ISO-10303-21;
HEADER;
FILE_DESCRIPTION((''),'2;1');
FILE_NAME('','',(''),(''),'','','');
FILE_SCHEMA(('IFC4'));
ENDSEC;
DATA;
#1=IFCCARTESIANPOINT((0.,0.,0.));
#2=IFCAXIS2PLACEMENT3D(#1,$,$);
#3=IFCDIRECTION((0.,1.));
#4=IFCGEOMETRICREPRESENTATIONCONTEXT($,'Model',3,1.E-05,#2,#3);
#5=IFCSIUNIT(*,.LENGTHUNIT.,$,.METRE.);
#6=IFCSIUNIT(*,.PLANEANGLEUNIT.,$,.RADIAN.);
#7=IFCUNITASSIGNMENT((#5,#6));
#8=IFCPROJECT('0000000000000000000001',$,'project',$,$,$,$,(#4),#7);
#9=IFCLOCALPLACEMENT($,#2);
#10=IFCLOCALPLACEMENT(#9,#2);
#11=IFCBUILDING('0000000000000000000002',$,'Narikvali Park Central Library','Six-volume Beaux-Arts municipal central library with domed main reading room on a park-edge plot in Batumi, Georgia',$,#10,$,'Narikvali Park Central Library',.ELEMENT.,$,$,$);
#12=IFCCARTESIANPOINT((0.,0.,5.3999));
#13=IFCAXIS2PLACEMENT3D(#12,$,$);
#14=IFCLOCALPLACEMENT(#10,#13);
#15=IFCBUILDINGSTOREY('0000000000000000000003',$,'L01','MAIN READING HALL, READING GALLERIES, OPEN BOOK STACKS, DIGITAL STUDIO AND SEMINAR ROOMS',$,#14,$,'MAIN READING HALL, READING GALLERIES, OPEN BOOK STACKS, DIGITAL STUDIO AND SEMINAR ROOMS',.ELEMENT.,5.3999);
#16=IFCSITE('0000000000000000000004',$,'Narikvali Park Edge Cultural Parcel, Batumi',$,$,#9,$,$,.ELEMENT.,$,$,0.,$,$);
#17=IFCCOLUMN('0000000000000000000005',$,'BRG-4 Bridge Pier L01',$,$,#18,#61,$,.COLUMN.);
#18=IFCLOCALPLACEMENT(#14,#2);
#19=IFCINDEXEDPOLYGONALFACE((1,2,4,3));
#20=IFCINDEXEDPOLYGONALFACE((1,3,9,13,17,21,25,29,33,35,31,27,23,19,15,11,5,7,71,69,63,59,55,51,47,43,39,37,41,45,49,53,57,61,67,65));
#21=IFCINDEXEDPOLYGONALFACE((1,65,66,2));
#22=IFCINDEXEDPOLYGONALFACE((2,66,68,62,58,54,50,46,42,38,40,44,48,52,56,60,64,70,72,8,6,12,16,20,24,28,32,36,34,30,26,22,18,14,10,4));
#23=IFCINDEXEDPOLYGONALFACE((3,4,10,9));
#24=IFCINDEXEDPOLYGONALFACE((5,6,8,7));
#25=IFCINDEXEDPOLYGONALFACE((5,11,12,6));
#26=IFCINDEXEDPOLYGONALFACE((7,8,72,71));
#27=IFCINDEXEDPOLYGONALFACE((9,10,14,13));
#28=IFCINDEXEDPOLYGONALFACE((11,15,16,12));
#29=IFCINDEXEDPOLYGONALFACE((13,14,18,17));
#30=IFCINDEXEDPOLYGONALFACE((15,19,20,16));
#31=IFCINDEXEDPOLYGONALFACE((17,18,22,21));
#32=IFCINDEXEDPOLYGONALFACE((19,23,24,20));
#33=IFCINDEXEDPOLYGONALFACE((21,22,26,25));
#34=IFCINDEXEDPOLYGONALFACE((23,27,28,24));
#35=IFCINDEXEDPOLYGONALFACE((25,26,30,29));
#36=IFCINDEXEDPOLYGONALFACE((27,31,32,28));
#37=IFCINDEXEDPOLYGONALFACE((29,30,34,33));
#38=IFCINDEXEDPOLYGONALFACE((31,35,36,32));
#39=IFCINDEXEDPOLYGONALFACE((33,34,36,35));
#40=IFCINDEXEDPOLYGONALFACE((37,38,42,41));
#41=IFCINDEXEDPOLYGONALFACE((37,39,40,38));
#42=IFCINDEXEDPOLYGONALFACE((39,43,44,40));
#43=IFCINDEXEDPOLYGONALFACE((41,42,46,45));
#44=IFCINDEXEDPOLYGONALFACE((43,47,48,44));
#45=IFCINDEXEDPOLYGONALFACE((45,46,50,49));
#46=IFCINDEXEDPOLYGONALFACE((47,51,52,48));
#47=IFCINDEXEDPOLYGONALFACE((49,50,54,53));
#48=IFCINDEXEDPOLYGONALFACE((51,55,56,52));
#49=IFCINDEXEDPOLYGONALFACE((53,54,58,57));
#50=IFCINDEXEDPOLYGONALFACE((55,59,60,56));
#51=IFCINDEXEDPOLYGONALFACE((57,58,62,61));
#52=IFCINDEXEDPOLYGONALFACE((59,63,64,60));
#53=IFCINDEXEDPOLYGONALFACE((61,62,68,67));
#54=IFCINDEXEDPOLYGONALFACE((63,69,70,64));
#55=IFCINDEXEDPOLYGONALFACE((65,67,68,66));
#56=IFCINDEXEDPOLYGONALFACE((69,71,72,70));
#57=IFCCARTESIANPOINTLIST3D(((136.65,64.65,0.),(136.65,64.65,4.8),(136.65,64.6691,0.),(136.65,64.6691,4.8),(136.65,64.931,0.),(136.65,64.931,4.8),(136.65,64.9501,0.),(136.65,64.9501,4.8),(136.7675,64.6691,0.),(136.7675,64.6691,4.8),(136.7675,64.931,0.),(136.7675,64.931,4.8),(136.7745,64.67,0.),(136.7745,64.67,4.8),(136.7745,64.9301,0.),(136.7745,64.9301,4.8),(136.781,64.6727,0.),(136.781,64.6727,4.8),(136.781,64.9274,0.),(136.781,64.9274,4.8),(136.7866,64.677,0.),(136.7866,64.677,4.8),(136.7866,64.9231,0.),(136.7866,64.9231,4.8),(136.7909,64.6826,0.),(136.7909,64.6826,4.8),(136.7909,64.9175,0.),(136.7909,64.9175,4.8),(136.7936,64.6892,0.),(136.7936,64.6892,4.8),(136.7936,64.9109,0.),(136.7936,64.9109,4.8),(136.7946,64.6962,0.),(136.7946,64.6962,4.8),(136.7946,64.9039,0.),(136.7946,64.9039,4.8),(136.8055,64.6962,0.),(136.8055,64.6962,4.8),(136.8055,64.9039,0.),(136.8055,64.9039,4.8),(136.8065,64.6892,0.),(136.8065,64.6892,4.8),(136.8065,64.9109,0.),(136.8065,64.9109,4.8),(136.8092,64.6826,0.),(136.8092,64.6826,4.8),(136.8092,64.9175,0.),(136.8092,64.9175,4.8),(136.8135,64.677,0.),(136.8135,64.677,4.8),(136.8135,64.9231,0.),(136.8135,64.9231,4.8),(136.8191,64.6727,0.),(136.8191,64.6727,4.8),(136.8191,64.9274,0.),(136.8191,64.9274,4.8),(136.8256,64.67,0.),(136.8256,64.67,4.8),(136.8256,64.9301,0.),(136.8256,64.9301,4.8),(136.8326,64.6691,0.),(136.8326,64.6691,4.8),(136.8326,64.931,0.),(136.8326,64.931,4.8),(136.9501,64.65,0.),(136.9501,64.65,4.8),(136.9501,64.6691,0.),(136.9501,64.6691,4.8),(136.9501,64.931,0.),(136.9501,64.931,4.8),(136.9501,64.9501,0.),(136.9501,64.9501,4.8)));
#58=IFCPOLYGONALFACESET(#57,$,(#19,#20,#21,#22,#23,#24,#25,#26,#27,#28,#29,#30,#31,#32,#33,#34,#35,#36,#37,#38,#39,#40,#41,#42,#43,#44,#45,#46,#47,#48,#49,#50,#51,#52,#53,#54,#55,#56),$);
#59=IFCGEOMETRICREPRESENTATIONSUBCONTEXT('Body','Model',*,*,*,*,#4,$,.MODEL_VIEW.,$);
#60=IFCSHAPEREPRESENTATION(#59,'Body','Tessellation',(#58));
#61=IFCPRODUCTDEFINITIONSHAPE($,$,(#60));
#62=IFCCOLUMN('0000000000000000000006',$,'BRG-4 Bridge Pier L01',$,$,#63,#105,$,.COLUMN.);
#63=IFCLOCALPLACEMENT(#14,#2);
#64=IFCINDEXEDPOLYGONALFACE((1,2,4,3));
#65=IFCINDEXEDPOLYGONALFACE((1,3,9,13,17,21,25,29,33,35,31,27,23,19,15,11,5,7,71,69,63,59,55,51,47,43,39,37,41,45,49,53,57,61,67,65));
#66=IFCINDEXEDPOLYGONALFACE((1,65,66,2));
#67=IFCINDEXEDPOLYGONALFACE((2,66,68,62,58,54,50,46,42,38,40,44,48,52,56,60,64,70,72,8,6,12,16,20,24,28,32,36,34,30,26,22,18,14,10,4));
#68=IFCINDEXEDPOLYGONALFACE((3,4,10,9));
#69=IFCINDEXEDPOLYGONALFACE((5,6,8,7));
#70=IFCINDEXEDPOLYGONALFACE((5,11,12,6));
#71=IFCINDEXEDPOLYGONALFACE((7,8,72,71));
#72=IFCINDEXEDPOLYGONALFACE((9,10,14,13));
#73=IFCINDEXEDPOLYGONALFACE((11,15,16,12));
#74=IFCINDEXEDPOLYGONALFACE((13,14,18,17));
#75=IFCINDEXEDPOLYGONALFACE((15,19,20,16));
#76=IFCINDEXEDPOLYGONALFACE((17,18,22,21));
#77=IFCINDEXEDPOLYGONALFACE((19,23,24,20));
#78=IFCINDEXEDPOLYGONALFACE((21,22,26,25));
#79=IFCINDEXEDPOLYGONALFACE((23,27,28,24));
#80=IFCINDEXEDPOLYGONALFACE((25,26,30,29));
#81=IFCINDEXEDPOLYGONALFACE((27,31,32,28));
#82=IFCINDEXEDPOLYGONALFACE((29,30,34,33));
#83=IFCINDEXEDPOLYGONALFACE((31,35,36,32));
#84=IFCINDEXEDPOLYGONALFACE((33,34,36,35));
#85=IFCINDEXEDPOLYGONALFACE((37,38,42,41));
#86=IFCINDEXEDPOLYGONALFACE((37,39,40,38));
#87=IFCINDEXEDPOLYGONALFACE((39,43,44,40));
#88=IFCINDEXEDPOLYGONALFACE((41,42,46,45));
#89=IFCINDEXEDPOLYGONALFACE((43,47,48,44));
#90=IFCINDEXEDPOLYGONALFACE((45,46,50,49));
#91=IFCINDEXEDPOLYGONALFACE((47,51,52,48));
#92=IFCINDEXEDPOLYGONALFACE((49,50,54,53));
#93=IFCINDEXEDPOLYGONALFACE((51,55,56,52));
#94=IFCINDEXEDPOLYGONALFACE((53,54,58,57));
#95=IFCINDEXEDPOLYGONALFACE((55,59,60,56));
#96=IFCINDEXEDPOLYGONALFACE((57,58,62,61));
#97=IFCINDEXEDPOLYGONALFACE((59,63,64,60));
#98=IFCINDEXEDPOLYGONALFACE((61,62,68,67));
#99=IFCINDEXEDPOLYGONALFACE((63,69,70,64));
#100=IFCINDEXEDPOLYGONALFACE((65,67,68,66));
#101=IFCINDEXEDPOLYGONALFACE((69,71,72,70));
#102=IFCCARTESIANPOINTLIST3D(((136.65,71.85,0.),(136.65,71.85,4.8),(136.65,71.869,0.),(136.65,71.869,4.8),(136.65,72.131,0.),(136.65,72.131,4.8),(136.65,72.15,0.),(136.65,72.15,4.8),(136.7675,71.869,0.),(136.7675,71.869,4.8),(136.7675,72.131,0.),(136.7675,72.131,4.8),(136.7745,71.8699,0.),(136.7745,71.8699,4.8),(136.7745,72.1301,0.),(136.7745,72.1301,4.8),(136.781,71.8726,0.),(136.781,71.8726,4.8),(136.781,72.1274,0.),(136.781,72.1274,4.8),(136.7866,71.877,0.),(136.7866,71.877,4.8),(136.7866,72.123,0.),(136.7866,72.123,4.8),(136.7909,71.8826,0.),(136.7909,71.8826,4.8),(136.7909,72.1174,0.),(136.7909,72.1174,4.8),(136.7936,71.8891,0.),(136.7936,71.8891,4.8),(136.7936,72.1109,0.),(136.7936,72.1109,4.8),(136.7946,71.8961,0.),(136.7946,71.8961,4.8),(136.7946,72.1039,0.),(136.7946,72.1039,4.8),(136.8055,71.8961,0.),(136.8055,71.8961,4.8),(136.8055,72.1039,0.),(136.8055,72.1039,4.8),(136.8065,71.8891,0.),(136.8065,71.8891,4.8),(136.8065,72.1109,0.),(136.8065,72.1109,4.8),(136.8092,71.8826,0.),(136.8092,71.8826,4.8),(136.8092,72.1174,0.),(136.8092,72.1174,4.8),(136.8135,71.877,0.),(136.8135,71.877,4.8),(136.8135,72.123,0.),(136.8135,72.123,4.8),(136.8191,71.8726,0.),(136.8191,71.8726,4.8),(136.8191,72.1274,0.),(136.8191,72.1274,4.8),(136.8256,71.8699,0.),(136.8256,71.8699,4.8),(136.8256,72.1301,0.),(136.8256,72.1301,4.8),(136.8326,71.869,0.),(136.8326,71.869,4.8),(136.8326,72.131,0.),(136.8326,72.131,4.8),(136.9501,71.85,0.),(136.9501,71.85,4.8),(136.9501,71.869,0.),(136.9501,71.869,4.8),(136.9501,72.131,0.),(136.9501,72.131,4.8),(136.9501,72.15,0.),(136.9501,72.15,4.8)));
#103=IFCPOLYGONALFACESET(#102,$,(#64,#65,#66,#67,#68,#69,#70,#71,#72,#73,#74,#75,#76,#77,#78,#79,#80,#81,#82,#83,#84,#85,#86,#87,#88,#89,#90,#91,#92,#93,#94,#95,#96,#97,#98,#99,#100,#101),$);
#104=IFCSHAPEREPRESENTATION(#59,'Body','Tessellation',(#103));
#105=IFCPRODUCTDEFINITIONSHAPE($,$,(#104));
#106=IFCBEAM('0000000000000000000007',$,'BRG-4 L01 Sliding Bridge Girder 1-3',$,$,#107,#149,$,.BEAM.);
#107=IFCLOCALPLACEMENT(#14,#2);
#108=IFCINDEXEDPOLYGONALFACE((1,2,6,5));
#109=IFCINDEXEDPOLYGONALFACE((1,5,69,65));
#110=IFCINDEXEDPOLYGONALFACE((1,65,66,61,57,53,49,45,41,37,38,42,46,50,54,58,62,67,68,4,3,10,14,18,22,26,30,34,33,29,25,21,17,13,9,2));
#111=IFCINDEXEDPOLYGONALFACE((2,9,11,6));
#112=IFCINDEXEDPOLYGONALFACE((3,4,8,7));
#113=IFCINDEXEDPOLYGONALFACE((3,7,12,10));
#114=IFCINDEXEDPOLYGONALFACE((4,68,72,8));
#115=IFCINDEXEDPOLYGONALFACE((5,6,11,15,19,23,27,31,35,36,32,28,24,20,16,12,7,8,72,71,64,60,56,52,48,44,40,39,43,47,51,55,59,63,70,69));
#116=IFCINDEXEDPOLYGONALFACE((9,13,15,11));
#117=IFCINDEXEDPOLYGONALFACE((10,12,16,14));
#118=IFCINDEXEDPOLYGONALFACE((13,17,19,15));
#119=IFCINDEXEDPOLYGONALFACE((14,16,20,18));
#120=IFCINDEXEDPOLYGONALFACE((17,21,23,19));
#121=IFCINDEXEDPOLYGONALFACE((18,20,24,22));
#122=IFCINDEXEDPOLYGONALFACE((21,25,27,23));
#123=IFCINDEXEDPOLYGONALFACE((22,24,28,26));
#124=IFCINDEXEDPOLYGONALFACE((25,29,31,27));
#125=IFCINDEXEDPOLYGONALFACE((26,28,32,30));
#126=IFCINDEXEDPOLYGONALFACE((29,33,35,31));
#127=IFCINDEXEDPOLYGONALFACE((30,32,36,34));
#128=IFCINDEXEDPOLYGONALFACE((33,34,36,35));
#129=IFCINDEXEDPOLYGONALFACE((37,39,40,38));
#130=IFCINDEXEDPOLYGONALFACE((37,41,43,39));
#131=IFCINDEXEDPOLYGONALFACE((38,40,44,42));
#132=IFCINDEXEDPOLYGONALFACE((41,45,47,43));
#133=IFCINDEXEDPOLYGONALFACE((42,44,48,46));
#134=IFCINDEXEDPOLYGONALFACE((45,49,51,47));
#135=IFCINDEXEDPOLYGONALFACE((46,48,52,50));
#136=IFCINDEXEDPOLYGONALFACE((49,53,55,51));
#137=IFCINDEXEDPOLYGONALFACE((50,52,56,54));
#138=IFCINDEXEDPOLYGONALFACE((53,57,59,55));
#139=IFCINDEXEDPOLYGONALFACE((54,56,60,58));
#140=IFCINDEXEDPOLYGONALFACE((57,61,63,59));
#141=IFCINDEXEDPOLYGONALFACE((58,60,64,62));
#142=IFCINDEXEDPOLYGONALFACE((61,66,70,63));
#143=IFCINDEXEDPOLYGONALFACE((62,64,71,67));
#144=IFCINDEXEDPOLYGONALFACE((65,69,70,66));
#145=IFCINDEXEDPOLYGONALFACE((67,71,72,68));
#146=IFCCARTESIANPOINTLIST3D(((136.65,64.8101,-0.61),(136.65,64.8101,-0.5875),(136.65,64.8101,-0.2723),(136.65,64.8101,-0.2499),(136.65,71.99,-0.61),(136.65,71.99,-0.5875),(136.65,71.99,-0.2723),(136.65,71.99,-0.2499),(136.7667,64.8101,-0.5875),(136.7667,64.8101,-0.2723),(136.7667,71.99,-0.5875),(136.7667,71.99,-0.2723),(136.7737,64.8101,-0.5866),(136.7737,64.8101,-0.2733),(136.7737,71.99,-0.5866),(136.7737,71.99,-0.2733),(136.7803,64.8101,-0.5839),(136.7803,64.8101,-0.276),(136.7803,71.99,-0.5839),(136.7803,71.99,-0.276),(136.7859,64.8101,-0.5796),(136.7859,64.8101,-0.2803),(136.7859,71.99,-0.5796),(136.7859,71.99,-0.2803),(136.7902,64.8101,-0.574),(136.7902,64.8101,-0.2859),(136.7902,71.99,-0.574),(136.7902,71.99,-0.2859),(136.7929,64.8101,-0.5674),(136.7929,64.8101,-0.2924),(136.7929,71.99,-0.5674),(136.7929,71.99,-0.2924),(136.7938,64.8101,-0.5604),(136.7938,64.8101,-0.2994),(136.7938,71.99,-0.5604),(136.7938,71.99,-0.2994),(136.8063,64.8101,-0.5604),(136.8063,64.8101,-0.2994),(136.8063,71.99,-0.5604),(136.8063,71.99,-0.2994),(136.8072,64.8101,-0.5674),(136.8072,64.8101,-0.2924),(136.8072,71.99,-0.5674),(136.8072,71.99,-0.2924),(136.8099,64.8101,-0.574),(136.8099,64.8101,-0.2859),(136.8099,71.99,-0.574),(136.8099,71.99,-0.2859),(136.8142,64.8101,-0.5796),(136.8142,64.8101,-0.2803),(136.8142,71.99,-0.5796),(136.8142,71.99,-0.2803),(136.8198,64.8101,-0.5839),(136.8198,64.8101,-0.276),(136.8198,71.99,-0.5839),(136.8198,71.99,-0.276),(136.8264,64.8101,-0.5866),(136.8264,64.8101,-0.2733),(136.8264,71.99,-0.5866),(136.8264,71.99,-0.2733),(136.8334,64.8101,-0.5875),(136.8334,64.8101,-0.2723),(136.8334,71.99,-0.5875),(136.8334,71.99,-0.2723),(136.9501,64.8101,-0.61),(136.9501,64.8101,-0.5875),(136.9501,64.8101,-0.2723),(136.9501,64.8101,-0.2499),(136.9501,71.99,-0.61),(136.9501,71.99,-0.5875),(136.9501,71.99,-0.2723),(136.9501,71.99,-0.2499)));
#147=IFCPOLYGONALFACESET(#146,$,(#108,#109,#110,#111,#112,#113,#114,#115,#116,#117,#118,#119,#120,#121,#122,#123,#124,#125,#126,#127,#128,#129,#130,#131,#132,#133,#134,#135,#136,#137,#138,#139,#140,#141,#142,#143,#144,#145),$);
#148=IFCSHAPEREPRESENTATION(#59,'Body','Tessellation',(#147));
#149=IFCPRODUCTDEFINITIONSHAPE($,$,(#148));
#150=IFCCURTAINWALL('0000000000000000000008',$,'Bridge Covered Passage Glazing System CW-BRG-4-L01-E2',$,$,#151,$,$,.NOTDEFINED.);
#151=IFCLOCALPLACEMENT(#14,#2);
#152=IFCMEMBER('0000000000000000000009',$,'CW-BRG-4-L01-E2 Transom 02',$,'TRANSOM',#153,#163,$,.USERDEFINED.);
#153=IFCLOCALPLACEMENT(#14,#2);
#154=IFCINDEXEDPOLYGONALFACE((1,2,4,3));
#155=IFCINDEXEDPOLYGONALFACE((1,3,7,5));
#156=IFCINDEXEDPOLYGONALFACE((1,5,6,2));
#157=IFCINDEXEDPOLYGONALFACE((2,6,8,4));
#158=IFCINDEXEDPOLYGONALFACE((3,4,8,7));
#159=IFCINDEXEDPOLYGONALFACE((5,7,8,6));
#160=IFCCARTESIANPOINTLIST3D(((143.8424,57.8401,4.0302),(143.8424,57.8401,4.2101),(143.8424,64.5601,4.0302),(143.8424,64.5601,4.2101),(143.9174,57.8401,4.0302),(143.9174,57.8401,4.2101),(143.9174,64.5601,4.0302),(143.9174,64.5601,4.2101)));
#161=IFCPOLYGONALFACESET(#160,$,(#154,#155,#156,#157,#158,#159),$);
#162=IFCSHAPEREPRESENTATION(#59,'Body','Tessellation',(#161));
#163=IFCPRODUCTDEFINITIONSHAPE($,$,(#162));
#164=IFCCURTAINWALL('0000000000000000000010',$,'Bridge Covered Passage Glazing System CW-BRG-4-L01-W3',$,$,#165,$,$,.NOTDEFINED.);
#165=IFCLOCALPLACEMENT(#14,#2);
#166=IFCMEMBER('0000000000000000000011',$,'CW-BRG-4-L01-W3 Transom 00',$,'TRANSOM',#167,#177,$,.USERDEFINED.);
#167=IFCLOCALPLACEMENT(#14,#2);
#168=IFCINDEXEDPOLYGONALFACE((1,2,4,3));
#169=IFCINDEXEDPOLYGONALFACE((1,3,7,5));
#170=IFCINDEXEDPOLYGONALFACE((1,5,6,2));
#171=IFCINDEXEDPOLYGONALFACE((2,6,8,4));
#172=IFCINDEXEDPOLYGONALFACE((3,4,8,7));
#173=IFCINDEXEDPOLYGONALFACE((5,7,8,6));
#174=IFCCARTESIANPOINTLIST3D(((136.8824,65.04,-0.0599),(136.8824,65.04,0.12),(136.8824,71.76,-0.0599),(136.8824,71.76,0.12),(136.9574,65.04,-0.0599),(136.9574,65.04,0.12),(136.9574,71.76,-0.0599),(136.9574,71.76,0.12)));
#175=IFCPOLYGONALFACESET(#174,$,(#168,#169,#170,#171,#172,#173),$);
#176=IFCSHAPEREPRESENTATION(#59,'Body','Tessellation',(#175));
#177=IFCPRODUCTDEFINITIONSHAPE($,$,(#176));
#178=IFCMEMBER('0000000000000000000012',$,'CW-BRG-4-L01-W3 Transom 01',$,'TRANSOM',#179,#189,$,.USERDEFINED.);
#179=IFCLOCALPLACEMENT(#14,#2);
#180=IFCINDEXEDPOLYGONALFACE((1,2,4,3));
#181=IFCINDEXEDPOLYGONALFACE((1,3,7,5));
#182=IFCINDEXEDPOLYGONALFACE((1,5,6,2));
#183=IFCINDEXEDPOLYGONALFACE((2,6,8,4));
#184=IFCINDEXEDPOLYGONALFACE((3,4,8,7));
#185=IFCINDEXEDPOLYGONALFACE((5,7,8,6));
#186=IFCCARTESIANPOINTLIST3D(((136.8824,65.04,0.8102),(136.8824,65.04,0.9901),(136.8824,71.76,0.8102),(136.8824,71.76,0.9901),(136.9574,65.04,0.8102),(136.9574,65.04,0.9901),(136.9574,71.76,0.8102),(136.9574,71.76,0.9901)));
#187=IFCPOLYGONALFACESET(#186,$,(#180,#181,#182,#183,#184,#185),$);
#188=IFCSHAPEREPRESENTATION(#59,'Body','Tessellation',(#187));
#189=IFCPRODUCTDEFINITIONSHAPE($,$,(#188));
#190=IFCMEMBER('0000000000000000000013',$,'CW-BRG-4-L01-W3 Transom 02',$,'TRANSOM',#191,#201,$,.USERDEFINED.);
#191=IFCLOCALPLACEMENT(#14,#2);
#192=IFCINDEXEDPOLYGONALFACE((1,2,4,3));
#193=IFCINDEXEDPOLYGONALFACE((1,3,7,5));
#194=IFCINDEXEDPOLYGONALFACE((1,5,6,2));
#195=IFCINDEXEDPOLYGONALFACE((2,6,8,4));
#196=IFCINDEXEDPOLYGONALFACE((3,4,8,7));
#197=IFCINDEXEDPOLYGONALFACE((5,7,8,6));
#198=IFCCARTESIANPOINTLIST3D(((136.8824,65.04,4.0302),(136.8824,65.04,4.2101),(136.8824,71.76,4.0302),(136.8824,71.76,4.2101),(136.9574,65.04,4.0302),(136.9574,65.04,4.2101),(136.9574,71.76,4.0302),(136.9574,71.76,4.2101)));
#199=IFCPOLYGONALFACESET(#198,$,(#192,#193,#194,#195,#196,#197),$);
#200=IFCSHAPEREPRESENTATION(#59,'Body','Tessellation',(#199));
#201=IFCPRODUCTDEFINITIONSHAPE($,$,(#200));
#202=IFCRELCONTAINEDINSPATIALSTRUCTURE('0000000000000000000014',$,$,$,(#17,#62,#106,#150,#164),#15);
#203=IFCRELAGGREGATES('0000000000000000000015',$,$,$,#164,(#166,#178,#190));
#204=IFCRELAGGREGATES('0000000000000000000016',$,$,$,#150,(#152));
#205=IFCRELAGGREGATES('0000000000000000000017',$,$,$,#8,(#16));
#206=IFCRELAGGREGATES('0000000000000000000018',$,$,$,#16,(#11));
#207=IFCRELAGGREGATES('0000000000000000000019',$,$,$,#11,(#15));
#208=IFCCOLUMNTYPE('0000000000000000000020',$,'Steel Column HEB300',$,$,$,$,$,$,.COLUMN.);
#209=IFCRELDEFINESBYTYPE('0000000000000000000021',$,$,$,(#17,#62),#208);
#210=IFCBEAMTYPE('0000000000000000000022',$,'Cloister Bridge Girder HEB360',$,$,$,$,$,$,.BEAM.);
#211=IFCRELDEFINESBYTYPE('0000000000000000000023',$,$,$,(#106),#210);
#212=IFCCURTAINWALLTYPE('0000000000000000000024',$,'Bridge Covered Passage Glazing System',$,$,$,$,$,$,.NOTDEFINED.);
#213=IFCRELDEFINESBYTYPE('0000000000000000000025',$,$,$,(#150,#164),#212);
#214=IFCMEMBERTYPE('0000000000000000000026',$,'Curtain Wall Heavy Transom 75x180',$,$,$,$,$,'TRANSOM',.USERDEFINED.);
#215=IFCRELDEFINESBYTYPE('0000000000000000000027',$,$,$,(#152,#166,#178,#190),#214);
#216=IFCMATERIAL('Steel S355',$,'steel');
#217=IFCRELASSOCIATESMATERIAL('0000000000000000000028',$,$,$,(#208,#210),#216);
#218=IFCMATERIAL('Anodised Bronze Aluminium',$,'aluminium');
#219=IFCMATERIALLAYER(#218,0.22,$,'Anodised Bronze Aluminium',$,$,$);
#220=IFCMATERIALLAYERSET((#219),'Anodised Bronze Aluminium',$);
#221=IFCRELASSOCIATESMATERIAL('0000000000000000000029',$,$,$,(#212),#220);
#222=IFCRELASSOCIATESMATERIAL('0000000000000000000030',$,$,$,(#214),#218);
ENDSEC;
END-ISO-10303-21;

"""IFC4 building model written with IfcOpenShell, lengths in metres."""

from ifc_helpers import new_model, si_unit, direction, frame, origin, origin_2d, place, context, subcontext, project, spatial, rectangle, i_section, extrude, material, layer, layer_set, material_profile, profile_set, type_object, element, aggregate, save


model = new_model("IFC4")

# Units and contexts
model_context = context("Model", 3, precision=1e-05, world=origin(), true_north=direction((0.0, 1.0)))
body_context = subcontext(model_context, "Body", "Model", "MODEL_VIEW")
ifc_project = project(units=[si_unit("LENGTHUNIT", "METRE"), si_unit("PLANEANGLEUNIT", "RADIAN")], contexts=[model_context])

# Site, building, storey
site_placement = place(None, origin())
site = spatial("IfcSite", under=ifc_project, at=site_placement, Name="Narikvali Park Edge Cultural Parcel, Batumi", CompositionType="ELEMENT", RefElevation=0.0)
building_placement = place(site_placement, origin())
building = spatial("IfcBuilding", under=site, at=building_placement, Name="Narikvali Park Central Library", Description="Six-volume Beaux-Arts municipal central library with domed main reading room on a park-edge plot in Batumi, Georgia", LongName="Narikvali Park Central Library", CompositionType="ELEMENT")
storey_placement = place(building_placement, frame((0.0, 0.0, 5.3999)))
storey = spatial("IfcBuildingStorey", under=building, at=storey_placement, Name="L01", Description="MAIN READING HALL, READING GALLERIES, OPEN BOOK STACKS, DIGITAL STUDIO AND SEMINAR ROOMS", LongName="MAIN READING HALL, READING GALLERIES, OPEN BOOK STACKS, DIGITAL STUDIO AND SEMINAR ROOMS", CompositionType="ELEMENT", Elevation=5.3999)

# Columns
ifc_material_1 = material(Name="Steel S355", Category="steel")
ifc_material_profile_1 = material_profile(ifc_material_1, i_section(OverallWidth=0.3, OverallDepth=0.3, WebThickness=0.011, FlangeThickness=0.019, FilletRadius=0.0271, at=origin_2d()), Name="HEB 300")
ifc_profile_set_1 = profile_set([ifc_material_profile_1], Name="Steel S355")
column_type = type_object("IfcColumnType", Name="Steel Column HEB300", PredefinedType="COLUMN", material=ifc_profile_set_1)
for number, where, z_axis, x_axis, name in (
    (1, (136.8, 64.8, 0.0), (0.0, 0.0, 1.0), (1.0, 0.0, 0.0), "BRG-4 Bridge Pier L01"),
    (2, (136.8, 72.0, 0.0), (0.0, 0.0, 1.0), (1.0, 0.0, 0.0), "BRG-4 Bridge Pier L01"),
):
    element("IfcColumn", number, at=place(storey_placement, frame(where, z_axis=z_axis, x_axis=x_axis)), inside=storey, type_object=column_type, Name=name, PredefinedType="COLUMN", context=body_context, shape_type="SweptSolid", body=[
        extrude(i_section(OverallWidth=0.3, OverallDepth=0.3, WebThickness=0.011, FlangeThickness=0.019, FilletRadius=0.0271, at=origin_2d()), origin(), (0.0, 0.0, 1.0), 4.8),
    ])

# Beam
ifc_material_profile_2 = material_profile(ifc_material_1, i_section(OverallWidth=0.3, OverallDepth=0.3601, WebThickness=0.0125, FlangeThickness=0.0225, FilletRadius=0.0271, at=origin_2d()), Name="HEB 360")
ifc_profile_set_2 = profile_set([ifc_material_profile_2], Name="Steel S355")
beam_type = type_object("IfcBeamType", Name="Cloister Bridge Girder HEB360", PredefinedType="BEAM", material=ifc_profile_set_2)
beam_placement = place(storey_placement, frame((136.8, 64.8101, -0.4299), z_axis=(0.0, 1.0, 0.0), x_axis=(-1.0, 0.0, 0.0)))
element("IfcBeam", 3, at=beam_placement, inside=storey, type_object=beam_type, Name="BRG-4 L01 Sliding Bridge Girder 1-3", PredefinedType="BEAM", context=body_context, shape_type="SweptSolid", body=[
    extrude(i_section(OverallWidth=0.3, OverallDepth=0.3601, WebThickness=0.0125, FlangeThickness=0.0225, FilletRadius=0.0271, at=origin_2d()), origin(), (0.0, 0.0, 1.0), 7.1799),
])

# Curtain wall, member
ifc_material_2 = material(Name="Anodised Bronze Aluminium", Category="aluminium")
ifc_layer_1 = layer(ifc_material_2, 0.22, Name="Anodised Bronze Aluminium")
ifc_layer_set_1 = layer_set([ifc_layer_1], Name="Anodised Bronze Aluminium")
curtain_wall_type = type_object("IfcCurtainWallType", Name="Bridge Covered Passage Glazing System", PredefinedType="NOTDEFINED", material=ifc_layer_set_1)
curtain_wall_1_placement = place(storey_placement, origin())
curtain_wall_1 = element("IfcCurtainWall", 4, at=curtain_wall_1_placement, inside=storey, type_object=curtain_wall_type, Name="Bridge Covered Passage Glazing System CW-BRG-4-L01-E2", PredefinedType="NOTDEFINED")
ifc_material_profile_3 = material_profile(ifc_material_2, rectangle(XDim=0.075, YDim=0.1799, at=origin_2d()), Name="CW TRANSOM 75x180")
ifc_profile_set_3 = profile_set([ifc_material_profile_3], Name="Anodised Bronze Aluminium")
member_type_1 = type_object("IfcMemberType", Name="Curtain Wall Heavy Transom 75x180", ElementType="TRANSOM", PredefinedType="USERDEFINED", material=ifc_profile_set_3)
member_1_placement = place(storey_placement, frame((143.8799, 57.8401, 4.1201), z_axis=(0.0, 1.0, 0.0), x_axis=(-1.0, 0.0, 0.0)))
member_1 = element("IfcMember", 5, at=member_1_placement, type_object=member_type_1, Name="CW-BRG-4-L01-E2 Transom 02", ObjectType="TRANSOM", PredefinedType="USERDEFINED", context=body_context, shape_type="SweptSolid", body=[
    extrude(rectangle(XDim=0.075, YDim=0.1799, at=origin_2d()), origin(), (0.0, 0.0, 1.0), 6.72),
])

# Curtain wall, members
curtain_wall_2_placement = place(storey_placement, origin())
curtain_wall_2 = element("IfcCurtainWall", 6, at=curtain_wall_2_placement, inside=storey, type_object=curtain_wall_type, Name="Bridge Covered Passage Glazing System CW-BRG-4-L01-W3", PredefinedType="NOTDEFINED")
member_2_placement = place(storey_placement, frame((136.9199, 65.04, 0.03), z_axis=(0.0, 1.0, 0.0), x_axis=(-1.0, 0.0, 0.0)))
member_2 = element("IfcMember", 7, at=member_2_placement, type_object=member_type_1, Name="CW-BRG-4-L01-W3 Transom 00", ObjectType="TRANSOM", PredefinedType="USERDEFINED", context=body_context, shape_type="SweptSolid", body=[
    extrude(rectangle(XDim=0.075, YDim=0.1799, at=origin_2d()), origin(), (0.0, 0.0, 1.0), 6.72),
])
member_3_placement = place(storey_placement, frame((136.9199, 65.04, 0.9001), z_axis=(0.0, 1.0, 0.0), x_axis=(-1.0, 0.0, 0.0)))
member_3 = element("IfcMember", 8, at=member_3_placement, type_object=member_type_1, Name="CW-BRG-4-L01-W3 Transom 01", ObjectType="TRANSOM", PredefinedType="USERDEFINED", context=body_context, shape_type="SweptSolid", body=[
    extrude(rectangle(XDim=0.075, YDim=0.1799, at=origin_2d()), origin(), (0.0, 0.0, 1.0), 6.72),
])
member_4_placement = place(storey_placement, frame((136.9199, 65.04, 4.1201), z_axis=(0.0, 1.0, 0.0), x_axis=(-1.0, 0.0, 0.0)))
member_4 = element("IfcMember", 9, at=member_4_placement, type_object=member_type_1, Name="CW-BRG-4-L01-W3 Transom 02", ObjectType="TRANSOM", PredefinedType="USERDEFINED", context=body_context, shape_type="SweptSolid", body=[
    extrude(rectangle(XDim=0.075, YDim=0.1799, at=origin_2d()), origin(), (0.0, 0.0, 1.0), 6.72),
])

aggregate(curtain_wall_2, [member_2, member_3, member_4])
aggregate(curtain_wall_1, [member_1])

save(model, "model.ifc")
